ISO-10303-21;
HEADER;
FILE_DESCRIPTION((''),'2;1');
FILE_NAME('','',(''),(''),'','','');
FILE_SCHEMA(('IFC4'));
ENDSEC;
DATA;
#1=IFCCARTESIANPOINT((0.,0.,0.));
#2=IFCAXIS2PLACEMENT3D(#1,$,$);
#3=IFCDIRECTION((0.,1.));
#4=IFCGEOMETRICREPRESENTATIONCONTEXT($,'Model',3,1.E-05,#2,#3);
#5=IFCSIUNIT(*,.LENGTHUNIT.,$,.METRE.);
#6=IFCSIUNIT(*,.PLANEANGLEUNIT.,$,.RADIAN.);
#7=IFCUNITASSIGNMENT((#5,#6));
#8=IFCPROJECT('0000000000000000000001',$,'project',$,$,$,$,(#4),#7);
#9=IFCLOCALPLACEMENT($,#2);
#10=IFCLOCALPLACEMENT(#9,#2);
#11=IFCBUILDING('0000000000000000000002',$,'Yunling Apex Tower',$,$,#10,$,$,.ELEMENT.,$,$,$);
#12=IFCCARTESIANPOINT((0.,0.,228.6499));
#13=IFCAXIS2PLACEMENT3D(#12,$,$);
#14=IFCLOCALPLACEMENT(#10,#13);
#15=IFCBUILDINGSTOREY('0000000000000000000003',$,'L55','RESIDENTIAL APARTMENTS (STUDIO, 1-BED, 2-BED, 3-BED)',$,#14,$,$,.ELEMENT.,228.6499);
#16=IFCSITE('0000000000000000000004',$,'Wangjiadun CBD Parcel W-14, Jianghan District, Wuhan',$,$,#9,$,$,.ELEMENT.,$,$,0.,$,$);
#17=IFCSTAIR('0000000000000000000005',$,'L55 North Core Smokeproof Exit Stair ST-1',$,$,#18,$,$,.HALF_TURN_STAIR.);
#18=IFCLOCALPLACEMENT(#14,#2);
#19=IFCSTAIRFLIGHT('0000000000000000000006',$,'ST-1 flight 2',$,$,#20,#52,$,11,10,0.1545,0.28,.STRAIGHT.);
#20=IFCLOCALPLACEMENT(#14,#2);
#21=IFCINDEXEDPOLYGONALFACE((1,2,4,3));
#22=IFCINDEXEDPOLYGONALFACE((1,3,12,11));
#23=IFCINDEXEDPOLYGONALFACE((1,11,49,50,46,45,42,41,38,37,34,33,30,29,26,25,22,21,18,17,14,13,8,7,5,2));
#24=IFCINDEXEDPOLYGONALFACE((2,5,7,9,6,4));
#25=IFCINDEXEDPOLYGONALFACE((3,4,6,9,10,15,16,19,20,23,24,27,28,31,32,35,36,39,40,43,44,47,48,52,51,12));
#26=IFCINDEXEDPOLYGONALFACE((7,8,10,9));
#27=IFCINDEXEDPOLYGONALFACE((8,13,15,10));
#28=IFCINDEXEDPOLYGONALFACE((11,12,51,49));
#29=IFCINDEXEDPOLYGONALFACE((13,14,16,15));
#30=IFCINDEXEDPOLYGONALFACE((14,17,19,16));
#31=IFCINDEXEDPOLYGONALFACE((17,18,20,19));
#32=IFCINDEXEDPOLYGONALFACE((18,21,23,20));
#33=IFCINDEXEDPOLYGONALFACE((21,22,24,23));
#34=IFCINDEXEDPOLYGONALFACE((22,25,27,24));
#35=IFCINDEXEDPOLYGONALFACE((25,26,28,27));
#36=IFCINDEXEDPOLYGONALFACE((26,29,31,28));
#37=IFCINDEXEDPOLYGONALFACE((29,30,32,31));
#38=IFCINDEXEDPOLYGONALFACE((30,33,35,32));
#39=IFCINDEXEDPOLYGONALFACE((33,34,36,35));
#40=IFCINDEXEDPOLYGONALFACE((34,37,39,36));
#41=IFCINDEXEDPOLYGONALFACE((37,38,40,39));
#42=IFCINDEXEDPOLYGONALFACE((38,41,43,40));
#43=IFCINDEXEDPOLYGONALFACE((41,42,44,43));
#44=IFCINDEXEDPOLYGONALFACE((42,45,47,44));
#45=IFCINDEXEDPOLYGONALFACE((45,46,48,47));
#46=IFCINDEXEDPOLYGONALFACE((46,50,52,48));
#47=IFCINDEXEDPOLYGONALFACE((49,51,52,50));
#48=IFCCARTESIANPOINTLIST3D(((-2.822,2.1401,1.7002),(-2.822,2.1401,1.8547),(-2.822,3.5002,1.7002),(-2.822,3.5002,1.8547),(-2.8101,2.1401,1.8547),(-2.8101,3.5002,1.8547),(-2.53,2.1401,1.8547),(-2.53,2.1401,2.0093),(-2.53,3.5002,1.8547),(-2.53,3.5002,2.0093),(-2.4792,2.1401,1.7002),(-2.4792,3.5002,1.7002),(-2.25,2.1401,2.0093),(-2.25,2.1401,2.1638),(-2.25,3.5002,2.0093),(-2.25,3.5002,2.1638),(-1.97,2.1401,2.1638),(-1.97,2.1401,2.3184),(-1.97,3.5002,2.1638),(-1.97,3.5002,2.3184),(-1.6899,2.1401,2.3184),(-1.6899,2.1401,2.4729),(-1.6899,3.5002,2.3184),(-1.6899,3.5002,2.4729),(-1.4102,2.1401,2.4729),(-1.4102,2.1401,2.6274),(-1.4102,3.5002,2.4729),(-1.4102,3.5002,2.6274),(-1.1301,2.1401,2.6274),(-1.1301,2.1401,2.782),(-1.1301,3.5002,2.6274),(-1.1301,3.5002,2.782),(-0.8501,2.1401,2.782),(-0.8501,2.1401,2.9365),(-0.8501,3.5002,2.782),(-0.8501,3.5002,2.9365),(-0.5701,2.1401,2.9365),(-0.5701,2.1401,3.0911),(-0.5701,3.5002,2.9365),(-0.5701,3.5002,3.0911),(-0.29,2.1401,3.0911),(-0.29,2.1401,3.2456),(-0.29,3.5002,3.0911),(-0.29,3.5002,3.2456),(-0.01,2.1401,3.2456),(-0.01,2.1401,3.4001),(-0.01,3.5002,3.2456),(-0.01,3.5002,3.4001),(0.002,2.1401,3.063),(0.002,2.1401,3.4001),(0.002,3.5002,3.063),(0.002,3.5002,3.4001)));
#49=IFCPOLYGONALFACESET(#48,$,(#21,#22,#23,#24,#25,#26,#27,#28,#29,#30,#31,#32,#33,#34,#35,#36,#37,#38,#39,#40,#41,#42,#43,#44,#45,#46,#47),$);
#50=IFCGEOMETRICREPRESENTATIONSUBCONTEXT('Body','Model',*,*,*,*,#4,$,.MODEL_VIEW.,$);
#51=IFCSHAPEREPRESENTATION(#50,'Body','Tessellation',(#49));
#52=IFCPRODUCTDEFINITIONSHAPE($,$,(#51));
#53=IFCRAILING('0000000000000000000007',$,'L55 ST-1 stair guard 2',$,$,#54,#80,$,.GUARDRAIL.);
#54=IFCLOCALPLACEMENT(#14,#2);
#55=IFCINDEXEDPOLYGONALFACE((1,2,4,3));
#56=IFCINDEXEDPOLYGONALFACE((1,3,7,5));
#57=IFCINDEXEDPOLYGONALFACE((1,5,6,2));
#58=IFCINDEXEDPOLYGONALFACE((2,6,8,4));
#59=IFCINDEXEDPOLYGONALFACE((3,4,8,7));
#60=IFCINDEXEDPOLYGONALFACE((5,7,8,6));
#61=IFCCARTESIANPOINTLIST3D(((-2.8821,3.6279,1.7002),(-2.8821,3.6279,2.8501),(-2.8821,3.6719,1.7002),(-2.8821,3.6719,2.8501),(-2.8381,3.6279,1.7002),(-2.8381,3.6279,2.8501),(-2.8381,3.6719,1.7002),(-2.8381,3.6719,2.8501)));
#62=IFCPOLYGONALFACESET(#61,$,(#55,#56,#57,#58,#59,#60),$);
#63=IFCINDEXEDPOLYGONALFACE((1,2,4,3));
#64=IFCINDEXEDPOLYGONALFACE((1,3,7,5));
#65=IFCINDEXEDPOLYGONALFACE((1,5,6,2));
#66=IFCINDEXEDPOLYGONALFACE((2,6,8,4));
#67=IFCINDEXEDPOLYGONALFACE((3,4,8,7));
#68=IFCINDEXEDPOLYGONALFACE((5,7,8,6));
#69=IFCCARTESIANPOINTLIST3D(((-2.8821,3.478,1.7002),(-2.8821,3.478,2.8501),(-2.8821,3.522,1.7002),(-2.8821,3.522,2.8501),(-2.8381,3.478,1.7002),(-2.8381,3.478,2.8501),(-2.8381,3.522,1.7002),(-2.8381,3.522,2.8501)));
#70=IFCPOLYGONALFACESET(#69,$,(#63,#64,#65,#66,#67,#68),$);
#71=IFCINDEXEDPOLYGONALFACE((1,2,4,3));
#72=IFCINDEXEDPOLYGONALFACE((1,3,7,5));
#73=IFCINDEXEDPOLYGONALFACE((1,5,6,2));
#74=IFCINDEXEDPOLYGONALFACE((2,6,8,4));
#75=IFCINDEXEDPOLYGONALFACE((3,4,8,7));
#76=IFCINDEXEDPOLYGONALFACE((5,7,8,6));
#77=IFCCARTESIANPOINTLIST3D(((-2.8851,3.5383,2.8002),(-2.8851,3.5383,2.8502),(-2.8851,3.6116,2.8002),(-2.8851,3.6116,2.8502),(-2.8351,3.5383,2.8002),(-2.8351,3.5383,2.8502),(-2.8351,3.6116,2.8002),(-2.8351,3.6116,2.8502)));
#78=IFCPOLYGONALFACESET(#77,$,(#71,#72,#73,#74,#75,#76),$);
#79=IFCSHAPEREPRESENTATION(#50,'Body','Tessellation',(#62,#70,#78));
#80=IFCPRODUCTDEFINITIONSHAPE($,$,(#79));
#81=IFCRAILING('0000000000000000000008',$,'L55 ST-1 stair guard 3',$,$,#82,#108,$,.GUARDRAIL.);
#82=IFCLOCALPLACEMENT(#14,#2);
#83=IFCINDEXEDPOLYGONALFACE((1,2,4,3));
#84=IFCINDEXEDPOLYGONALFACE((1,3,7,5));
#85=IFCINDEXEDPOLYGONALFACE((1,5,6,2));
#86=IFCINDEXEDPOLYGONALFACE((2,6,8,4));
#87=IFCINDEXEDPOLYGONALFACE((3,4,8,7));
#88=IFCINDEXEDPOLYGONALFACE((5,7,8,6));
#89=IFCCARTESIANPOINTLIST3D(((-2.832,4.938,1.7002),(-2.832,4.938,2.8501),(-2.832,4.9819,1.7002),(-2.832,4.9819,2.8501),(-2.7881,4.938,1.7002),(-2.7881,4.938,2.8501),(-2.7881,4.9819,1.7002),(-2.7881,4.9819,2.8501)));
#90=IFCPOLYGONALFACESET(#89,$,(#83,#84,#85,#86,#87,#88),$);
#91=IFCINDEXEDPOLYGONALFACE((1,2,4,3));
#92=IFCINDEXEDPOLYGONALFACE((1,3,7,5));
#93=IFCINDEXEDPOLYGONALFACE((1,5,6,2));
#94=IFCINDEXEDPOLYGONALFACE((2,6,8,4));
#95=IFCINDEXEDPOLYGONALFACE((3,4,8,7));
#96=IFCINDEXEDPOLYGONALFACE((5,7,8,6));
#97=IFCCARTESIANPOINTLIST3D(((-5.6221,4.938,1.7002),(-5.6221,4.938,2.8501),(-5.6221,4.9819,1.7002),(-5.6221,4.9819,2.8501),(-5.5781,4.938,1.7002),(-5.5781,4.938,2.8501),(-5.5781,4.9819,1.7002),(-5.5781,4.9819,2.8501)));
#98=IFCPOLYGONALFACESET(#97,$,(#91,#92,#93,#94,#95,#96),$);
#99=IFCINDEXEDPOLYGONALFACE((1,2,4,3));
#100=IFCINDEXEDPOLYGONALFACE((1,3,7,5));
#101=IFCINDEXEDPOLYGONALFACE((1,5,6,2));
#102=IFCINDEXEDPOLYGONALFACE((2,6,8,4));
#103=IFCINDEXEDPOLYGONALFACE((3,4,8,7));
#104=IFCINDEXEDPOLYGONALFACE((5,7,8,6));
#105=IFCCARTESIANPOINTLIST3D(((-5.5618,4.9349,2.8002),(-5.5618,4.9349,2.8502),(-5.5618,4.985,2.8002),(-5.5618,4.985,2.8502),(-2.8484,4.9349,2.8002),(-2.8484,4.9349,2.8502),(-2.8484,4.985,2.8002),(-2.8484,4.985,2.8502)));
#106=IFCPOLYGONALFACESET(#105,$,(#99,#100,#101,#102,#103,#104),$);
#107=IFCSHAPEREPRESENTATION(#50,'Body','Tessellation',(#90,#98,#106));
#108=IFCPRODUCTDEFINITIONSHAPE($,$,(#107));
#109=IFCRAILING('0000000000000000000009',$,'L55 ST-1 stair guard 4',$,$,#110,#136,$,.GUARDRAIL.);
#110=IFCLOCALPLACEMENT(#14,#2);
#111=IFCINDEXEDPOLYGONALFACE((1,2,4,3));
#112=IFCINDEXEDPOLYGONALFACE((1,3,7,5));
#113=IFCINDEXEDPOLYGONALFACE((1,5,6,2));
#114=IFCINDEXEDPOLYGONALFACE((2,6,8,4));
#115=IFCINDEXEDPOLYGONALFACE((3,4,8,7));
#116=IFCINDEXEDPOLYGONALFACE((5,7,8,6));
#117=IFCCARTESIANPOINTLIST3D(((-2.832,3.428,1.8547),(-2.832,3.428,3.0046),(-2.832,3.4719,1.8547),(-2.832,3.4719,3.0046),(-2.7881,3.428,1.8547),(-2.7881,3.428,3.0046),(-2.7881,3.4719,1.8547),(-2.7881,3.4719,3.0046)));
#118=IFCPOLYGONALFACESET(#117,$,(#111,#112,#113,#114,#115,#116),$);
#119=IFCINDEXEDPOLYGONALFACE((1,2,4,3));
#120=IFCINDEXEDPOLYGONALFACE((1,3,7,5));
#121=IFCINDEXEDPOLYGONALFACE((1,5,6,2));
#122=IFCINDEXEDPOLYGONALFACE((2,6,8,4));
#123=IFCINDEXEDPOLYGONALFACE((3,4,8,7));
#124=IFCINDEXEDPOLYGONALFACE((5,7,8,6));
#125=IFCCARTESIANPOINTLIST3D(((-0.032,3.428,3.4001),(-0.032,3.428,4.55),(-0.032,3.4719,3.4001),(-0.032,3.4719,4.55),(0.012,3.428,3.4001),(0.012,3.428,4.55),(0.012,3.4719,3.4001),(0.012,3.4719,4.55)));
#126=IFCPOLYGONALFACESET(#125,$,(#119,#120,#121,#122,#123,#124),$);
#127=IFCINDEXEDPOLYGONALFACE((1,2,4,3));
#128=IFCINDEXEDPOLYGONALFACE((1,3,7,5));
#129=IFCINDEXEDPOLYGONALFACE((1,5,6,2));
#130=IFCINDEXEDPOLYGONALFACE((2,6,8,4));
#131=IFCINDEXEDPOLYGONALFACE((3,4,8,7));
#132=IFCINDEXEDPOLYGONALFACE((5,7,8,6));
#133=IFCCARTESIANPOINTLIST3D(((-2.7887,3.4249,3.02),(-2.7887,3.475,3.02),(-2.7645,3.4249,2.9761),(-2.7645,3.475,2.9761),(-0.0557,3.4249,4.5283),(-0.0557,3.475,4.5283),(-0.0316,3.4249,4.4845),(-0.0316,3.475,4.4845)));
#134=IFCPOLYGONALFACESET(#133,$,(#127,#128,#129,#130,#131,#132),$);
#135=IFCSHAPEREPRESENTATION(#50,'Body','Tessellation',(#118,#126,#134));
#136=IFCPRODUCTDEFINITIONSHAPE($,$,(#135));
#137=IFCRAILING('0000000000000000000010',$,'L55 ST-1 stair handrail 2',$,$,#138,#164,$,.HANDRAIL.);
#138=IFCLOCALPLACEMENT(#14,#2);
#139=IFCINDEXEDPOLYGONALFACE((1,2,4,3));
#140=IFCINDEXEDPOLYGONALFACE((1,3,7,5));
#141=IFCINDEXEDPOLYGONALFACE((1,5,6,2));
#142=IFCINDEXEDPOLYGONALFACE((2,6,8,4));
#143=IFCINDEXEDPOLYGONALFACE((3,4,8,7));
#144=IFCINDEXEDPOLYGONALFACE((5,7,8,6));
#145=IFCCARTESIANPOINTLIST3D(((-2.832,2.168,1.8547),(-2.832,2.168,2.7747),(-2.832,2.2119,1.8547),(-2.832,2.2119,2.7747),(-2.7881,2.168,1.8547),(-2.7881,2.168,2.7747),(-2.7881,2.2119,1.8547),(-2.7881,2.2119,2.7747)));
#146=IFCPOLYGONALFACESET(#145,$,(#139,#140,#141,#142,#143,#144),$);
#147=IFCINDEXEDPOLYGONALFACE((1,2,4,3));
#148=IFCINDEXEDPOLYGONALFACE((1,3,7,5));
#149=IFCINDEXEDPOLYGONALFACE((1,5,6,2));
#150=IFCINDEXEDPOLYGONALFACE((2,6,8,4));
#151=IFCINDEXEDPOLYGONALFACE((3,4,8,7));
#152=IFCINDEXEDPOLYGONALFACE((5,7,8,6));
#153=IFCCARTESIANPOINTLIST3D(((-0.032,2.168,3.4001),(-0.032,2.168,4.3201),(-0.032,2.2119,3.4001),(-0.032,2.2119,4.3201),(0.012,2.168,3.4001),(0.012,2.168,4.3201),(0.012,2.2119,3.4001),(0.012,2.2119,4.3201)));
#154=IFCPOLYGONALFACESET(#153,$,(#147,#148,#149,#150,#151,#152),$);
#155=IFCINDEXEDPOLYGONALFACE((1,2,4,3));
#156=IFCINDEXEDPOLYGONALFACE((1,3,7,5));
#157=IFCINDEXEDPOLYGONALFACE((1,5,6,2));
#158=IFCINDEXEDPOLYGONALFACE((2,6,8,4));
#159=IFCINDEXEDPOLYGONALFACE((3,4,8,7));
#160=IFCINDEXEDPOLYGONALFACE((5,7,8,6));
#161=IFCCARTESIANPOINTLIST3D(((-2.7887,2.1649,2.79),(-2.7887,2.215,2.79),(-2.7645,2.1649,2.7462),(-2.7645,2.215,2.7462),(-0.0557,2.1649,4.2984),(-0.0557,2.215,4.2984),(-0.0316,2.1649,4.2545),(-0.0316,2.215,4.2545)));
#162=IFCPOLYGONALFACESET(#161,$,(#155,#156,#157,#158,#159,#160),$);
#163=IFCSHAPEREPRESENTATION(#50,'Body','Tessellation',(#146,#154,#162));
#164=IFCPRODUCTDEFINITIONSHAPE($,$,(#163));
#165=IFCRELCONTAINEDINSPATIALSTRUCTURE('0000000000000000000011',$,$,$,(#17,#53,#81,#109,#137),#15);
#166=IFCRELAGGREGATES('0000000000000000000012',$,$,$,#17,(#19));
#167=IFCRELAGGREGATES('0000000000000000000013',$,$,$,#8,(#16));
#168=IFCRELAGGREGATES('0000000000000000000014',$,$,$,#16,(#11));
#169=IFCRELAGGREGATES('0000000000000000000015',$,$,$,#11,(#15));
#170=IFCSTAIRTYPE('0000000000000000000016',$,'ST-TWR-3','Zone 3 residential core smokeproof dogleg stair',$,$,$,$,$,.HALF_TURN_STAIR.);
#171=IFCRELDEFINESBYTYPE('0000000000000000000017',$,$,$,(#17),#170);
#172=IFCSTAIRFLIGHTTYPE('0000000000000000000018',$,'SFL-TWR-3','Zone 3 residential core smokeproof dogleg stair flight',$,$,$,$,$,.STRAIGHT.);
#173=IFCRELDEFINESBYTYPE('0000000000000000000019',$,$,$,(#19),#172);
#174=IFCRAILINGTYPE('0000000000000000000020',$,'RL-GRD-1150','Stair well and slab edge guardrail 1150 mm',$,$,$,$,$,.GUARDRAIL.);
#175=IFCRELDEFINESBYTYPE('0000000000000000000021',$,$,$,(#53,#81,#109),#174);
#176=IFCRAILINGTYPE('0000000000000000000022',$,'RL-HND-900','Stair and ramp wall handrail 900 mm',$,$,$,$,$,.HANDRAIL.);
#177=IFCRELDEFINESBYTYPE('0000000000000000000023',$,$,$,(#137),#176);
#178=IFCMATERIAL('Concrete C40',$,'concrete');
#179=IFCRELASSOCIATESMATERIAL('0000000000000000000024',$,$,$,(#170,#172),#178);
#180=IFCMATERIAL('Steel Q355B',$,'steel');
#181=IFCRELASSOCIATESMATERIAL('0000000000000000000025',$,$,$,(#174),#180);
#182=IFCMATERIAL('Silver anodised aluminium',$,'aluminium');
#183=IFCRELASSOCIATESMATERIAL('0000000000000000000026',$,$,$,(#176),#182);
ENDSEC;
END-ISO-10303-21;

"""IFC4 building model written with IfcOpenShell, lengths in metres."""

from ifc_helpers import new_model, si_unit, direction, frame, origin, origin_2d, place, context, subcontext, project, spatial, polyline, rectangle, outline, extrude, material, type_object, element, aggregate, save


model = new_model("IFC4")

# Units and contexts
model_context = context("Model", 3, precision=1e-05, world=origin(), true_north=direction((0.0, 1.0)))
body_context = subcontext(model_context, "Body", "Model", "MODEL_VIEW")
ifc_project = project(units=[si_unit("LENGTHUNIT", "METRE"), si_unit("PLANEANGLEUNIT", "RADIAN")], contexts=[model_context])

# Site, building, storey
site_placement = place(None, origin())
site = spatial("IfcSite", under=ifc_project, at=site_placement, Name="Wangjiadun CBD Parcel W-14, Jianghan District, Wuhan", CompositionType="ELEMENT", RefElevation=0.0)
building_placement = place(site_placement, origin())
building = spatial("IfcBuilding", under=site, at=building_placement, Name="Yunling Apex Tower", CompositionType="ELEMENT")
storey_placement = place(building_placement, frame((0.0, 0.0, 228.6499)))
storey = spatial("IfcBuildingStorey", under=building, at=storey_placement, Name="L55", Description="RESIDENTIAL APARTMENTS (STUDIO, 1-BED, 2-BED, 3-BED)", CompositionType="ELEMENT", Elevation=228.6499)

# Shared definitions
ifc_material_1 = material(Name="Steel Q355B", Category="steel")

# Shared definitions
ifc_material_2 = material(Name="Concrete C40", Category="concrete")

# Stair, stair flight
stair_type = type_object("IfcStairType", Name="ST-TWR-3", Description="Zone 3 residential core smokeproof dogleg stair", PredefinedType="HALF_TURN_STAIR", material=ifc_material_2)
stair_placement = place(storey_placement, origin())
stair = element("IfcStair", 1, at=stair_placement, inside=storey, type_object=stair_type, Name="L55 North Core Smokeproof Exit Stair ST-1", PredefinedType="HALF_TURN_STAIR")
stair_flight_type = type_object("IfcStairFlightType", Name="SFL-TWR-3", Description="Zone 3 residential core smokeproof dogleg stair flight", PredefinedType="STRAIGHT", material=ifc_material_2)
stair_flight_placement = place(storey_placement, frame((-2.8101, 2.8201, 1.7002), z_axis=(0.0, 0.0, 1.0), x_axis=(1.0, 0.0, 0.0)))
stair_flight = element("IfcStairFlight", 2, at=stair_flight_placement, type_object=stair_flight_type, Name="ST-1 flight 2", NumberOfRisers=11, NumberOfTreads=10, PredefinedType="STRAIGHT", RiserHeight=0.1545, TreadLength=0.28, context=body_context, shape_type="SweptSolid", body=[
    extrude(outline(polyline([(-0.012, 0.0), (-0.012, 0.1545), (0.0, 0.1545), (0.28, 0.1545), (0.28, 0.3091), (0.5601, 0.3091), (0.5601, 0.4636), (0.8401, 0.4636), (0.8401, 0.6182), (1.1201, 0.6182), (1.1201, 0.7727), (1.3999, 0.7727), (1.3999, 0.9272), (1.6799, 0.9272), (1.6799, 1.0818), (1.96, 1.0818), (1.96, 1.2363), (2.24, 1.2363), (2.24, 1.3909), (2.52, 1.3909), (2.52, 1.5454), (2.8, 1.5454), (2.8, 1.7), (2.812, 1.7), (2.812, 1.3628), (0.3308, 0.0), (-0.012, 0.0)])), frame((0.0, 0.6802, 0.0), z_axis=(0.0, -1.0, 0.0), x_axis=(1.0, 0.0, 0.0)), (0.0, 0.0, 1.0), 1.3601),
])
aggregate(stair, [stair_flight])

# Railings
railing_type_1 = type_object("IfcRailingType", Name="RL-GRD-1150", Description="Stair well and slab edge guardrail 1150 mm", PredefinedType="GUARDRAIL", material=ifc_material_1)
railing_1_placement = place(storey_placement, frame((-2.8601, 3.6499, 1.7002)))
element("IfcRailing", 3, at=railing_1_placement, inside=storey, type_object=railing_type_1, Name="L55 ST-1 stair guard 2", PredefinedType="GUARDRAIL", context=body_context, shape_type="SweptSolid", body=[
    extrude(rectangle(XDim=0.0439, YDim=0.0439, at=origin_2d()), origin(), (0.0, 0.0, 1.0), 1.1499),
    extrude(rectangle(XDim=0.0439, YDim=0.0439, at=origin_2d()), frame((0.0, -0.1499, 0.0)), (0.0, 0.0, 1.0), 1.1499),
    extrude(rectangle(XDim=0.05, YDim=0.05, at=origin_2d()), frame((0.0, -0.0383, 1.125), z_axis=(0.0, -1.0, 0.0), x_axis=(1.0, 0.0, 0.0)), (0.0, 0.0, 1.0), 0.0732),
])
railing_2_placement = place(storey_placement, frame((-2.8101, 4.96, 1.7002)))
element("IfcRailing", 4, at=railing_2_placement, inside=storey, type_object=railing_type_1, Name="L55 ST-1 stair guard 3", PredefinedType="GUARDRAIL", context=body_context, shape_type="SweptSolid", body=[
    extrude(rectangle(XDim=0.0439, YDim=0.0439, at=origin_2d()), origin(), (0.0, 0.0, 1.0), 1.1499),
    extrude(rectangle(XDim=0.0439, YDim=0.0439, at=origin_2d()), frame((-2.79, 0.0, 0.0)), (0.0, 0.0, 1.0), 1.1499),
    extrude(rectangle(XDim=0.05, YDim=0.05, at=origin_2d()), frame((-0.0383, 0.0, 1.125), z_axis=(-1.0, 0.0, 0.0), x_axis=(0.0, -1.0, 0.0)), (0.0, 0.0, 1.0), 2.7134),
])
railing_3_placement = place(storey_placement, frame((-2.8101, 3.45, 1.8547)))
element("IfcRailing", 5, at=railing_3_placement, inside=storey, type_object=railing_type_1, Name="L55 ST-1 stair guard 4", PredefinedType="GUARDRAIL", context=body_context, shape_type="SweptSolid", body=[
    extrude(rectangle(XDim=0.0439, YDim=0.0439, at=origin_2d()), origin(), (0.0, 0.0, 1.0), 1.1499),
    extrude(rectangle(XDim=0.0439, YDim=0.0439, at=origin_2d()), frame((2.8, 0.0, 1.5454)), (0.0, 0.0, 1.0), 1.1499),
    extrude(rectangle(XDim=0.05, YDim=0.05, at=origin_2d()), frame((0.0334, 0.0, 1.1433), z_axis=(0.875504, 0.0, 0.483211), x_axis=(0.0, 1.0, 0.0)), (0.0, 0.0, 1.0), 3.1216),
])
ifc_material_3 = material(Name="Silver anodised aluminium", Category="aluminium")
railing_type_2 = type_object("IfcRailingType", Name="RL-HND-900", Description="Stair and ramp wall handrail 900 mm", PredefinedType="HANDRAIL", material=ifc_material_3)
railing_4_placement = place(storey_placement, frame((-2.8101, 2.1899, 1.8547)))
element("IfcRailing", 6, at=railing_4_placement, inside=storey, type_object=railing_type_2, Name="L55 ST-1 stair handrail 2", PredefinedType="HANDRAIL", context=body_context, shape_type="SweptSolid", body=[
    extrude(rectangle(XDim=0.0439, YDim=0.0439, at=origin_2d()), origin(), (0.0, 0.0, 1.0), 0.9199),
    extrude(rectangle(XDim=0.0439, YDim=0.0439, at=origin_2d()), frame((2.8, 0.0, 1.5454)), (0.0, 0.0, 1.0), 0.9199),
    extrude(rectangle(XDim=0.05, YDim=0.05, at=origin_2d()), frame((0.0334, 0.0, 0.9133), z_axis=(0.875504, 0.0, 0.483211), x_axis=(0.0, 1.0, 0.0)), (0.0, 0.0, 1.0), 3.1216),
])

save(model, "model.ifc")
